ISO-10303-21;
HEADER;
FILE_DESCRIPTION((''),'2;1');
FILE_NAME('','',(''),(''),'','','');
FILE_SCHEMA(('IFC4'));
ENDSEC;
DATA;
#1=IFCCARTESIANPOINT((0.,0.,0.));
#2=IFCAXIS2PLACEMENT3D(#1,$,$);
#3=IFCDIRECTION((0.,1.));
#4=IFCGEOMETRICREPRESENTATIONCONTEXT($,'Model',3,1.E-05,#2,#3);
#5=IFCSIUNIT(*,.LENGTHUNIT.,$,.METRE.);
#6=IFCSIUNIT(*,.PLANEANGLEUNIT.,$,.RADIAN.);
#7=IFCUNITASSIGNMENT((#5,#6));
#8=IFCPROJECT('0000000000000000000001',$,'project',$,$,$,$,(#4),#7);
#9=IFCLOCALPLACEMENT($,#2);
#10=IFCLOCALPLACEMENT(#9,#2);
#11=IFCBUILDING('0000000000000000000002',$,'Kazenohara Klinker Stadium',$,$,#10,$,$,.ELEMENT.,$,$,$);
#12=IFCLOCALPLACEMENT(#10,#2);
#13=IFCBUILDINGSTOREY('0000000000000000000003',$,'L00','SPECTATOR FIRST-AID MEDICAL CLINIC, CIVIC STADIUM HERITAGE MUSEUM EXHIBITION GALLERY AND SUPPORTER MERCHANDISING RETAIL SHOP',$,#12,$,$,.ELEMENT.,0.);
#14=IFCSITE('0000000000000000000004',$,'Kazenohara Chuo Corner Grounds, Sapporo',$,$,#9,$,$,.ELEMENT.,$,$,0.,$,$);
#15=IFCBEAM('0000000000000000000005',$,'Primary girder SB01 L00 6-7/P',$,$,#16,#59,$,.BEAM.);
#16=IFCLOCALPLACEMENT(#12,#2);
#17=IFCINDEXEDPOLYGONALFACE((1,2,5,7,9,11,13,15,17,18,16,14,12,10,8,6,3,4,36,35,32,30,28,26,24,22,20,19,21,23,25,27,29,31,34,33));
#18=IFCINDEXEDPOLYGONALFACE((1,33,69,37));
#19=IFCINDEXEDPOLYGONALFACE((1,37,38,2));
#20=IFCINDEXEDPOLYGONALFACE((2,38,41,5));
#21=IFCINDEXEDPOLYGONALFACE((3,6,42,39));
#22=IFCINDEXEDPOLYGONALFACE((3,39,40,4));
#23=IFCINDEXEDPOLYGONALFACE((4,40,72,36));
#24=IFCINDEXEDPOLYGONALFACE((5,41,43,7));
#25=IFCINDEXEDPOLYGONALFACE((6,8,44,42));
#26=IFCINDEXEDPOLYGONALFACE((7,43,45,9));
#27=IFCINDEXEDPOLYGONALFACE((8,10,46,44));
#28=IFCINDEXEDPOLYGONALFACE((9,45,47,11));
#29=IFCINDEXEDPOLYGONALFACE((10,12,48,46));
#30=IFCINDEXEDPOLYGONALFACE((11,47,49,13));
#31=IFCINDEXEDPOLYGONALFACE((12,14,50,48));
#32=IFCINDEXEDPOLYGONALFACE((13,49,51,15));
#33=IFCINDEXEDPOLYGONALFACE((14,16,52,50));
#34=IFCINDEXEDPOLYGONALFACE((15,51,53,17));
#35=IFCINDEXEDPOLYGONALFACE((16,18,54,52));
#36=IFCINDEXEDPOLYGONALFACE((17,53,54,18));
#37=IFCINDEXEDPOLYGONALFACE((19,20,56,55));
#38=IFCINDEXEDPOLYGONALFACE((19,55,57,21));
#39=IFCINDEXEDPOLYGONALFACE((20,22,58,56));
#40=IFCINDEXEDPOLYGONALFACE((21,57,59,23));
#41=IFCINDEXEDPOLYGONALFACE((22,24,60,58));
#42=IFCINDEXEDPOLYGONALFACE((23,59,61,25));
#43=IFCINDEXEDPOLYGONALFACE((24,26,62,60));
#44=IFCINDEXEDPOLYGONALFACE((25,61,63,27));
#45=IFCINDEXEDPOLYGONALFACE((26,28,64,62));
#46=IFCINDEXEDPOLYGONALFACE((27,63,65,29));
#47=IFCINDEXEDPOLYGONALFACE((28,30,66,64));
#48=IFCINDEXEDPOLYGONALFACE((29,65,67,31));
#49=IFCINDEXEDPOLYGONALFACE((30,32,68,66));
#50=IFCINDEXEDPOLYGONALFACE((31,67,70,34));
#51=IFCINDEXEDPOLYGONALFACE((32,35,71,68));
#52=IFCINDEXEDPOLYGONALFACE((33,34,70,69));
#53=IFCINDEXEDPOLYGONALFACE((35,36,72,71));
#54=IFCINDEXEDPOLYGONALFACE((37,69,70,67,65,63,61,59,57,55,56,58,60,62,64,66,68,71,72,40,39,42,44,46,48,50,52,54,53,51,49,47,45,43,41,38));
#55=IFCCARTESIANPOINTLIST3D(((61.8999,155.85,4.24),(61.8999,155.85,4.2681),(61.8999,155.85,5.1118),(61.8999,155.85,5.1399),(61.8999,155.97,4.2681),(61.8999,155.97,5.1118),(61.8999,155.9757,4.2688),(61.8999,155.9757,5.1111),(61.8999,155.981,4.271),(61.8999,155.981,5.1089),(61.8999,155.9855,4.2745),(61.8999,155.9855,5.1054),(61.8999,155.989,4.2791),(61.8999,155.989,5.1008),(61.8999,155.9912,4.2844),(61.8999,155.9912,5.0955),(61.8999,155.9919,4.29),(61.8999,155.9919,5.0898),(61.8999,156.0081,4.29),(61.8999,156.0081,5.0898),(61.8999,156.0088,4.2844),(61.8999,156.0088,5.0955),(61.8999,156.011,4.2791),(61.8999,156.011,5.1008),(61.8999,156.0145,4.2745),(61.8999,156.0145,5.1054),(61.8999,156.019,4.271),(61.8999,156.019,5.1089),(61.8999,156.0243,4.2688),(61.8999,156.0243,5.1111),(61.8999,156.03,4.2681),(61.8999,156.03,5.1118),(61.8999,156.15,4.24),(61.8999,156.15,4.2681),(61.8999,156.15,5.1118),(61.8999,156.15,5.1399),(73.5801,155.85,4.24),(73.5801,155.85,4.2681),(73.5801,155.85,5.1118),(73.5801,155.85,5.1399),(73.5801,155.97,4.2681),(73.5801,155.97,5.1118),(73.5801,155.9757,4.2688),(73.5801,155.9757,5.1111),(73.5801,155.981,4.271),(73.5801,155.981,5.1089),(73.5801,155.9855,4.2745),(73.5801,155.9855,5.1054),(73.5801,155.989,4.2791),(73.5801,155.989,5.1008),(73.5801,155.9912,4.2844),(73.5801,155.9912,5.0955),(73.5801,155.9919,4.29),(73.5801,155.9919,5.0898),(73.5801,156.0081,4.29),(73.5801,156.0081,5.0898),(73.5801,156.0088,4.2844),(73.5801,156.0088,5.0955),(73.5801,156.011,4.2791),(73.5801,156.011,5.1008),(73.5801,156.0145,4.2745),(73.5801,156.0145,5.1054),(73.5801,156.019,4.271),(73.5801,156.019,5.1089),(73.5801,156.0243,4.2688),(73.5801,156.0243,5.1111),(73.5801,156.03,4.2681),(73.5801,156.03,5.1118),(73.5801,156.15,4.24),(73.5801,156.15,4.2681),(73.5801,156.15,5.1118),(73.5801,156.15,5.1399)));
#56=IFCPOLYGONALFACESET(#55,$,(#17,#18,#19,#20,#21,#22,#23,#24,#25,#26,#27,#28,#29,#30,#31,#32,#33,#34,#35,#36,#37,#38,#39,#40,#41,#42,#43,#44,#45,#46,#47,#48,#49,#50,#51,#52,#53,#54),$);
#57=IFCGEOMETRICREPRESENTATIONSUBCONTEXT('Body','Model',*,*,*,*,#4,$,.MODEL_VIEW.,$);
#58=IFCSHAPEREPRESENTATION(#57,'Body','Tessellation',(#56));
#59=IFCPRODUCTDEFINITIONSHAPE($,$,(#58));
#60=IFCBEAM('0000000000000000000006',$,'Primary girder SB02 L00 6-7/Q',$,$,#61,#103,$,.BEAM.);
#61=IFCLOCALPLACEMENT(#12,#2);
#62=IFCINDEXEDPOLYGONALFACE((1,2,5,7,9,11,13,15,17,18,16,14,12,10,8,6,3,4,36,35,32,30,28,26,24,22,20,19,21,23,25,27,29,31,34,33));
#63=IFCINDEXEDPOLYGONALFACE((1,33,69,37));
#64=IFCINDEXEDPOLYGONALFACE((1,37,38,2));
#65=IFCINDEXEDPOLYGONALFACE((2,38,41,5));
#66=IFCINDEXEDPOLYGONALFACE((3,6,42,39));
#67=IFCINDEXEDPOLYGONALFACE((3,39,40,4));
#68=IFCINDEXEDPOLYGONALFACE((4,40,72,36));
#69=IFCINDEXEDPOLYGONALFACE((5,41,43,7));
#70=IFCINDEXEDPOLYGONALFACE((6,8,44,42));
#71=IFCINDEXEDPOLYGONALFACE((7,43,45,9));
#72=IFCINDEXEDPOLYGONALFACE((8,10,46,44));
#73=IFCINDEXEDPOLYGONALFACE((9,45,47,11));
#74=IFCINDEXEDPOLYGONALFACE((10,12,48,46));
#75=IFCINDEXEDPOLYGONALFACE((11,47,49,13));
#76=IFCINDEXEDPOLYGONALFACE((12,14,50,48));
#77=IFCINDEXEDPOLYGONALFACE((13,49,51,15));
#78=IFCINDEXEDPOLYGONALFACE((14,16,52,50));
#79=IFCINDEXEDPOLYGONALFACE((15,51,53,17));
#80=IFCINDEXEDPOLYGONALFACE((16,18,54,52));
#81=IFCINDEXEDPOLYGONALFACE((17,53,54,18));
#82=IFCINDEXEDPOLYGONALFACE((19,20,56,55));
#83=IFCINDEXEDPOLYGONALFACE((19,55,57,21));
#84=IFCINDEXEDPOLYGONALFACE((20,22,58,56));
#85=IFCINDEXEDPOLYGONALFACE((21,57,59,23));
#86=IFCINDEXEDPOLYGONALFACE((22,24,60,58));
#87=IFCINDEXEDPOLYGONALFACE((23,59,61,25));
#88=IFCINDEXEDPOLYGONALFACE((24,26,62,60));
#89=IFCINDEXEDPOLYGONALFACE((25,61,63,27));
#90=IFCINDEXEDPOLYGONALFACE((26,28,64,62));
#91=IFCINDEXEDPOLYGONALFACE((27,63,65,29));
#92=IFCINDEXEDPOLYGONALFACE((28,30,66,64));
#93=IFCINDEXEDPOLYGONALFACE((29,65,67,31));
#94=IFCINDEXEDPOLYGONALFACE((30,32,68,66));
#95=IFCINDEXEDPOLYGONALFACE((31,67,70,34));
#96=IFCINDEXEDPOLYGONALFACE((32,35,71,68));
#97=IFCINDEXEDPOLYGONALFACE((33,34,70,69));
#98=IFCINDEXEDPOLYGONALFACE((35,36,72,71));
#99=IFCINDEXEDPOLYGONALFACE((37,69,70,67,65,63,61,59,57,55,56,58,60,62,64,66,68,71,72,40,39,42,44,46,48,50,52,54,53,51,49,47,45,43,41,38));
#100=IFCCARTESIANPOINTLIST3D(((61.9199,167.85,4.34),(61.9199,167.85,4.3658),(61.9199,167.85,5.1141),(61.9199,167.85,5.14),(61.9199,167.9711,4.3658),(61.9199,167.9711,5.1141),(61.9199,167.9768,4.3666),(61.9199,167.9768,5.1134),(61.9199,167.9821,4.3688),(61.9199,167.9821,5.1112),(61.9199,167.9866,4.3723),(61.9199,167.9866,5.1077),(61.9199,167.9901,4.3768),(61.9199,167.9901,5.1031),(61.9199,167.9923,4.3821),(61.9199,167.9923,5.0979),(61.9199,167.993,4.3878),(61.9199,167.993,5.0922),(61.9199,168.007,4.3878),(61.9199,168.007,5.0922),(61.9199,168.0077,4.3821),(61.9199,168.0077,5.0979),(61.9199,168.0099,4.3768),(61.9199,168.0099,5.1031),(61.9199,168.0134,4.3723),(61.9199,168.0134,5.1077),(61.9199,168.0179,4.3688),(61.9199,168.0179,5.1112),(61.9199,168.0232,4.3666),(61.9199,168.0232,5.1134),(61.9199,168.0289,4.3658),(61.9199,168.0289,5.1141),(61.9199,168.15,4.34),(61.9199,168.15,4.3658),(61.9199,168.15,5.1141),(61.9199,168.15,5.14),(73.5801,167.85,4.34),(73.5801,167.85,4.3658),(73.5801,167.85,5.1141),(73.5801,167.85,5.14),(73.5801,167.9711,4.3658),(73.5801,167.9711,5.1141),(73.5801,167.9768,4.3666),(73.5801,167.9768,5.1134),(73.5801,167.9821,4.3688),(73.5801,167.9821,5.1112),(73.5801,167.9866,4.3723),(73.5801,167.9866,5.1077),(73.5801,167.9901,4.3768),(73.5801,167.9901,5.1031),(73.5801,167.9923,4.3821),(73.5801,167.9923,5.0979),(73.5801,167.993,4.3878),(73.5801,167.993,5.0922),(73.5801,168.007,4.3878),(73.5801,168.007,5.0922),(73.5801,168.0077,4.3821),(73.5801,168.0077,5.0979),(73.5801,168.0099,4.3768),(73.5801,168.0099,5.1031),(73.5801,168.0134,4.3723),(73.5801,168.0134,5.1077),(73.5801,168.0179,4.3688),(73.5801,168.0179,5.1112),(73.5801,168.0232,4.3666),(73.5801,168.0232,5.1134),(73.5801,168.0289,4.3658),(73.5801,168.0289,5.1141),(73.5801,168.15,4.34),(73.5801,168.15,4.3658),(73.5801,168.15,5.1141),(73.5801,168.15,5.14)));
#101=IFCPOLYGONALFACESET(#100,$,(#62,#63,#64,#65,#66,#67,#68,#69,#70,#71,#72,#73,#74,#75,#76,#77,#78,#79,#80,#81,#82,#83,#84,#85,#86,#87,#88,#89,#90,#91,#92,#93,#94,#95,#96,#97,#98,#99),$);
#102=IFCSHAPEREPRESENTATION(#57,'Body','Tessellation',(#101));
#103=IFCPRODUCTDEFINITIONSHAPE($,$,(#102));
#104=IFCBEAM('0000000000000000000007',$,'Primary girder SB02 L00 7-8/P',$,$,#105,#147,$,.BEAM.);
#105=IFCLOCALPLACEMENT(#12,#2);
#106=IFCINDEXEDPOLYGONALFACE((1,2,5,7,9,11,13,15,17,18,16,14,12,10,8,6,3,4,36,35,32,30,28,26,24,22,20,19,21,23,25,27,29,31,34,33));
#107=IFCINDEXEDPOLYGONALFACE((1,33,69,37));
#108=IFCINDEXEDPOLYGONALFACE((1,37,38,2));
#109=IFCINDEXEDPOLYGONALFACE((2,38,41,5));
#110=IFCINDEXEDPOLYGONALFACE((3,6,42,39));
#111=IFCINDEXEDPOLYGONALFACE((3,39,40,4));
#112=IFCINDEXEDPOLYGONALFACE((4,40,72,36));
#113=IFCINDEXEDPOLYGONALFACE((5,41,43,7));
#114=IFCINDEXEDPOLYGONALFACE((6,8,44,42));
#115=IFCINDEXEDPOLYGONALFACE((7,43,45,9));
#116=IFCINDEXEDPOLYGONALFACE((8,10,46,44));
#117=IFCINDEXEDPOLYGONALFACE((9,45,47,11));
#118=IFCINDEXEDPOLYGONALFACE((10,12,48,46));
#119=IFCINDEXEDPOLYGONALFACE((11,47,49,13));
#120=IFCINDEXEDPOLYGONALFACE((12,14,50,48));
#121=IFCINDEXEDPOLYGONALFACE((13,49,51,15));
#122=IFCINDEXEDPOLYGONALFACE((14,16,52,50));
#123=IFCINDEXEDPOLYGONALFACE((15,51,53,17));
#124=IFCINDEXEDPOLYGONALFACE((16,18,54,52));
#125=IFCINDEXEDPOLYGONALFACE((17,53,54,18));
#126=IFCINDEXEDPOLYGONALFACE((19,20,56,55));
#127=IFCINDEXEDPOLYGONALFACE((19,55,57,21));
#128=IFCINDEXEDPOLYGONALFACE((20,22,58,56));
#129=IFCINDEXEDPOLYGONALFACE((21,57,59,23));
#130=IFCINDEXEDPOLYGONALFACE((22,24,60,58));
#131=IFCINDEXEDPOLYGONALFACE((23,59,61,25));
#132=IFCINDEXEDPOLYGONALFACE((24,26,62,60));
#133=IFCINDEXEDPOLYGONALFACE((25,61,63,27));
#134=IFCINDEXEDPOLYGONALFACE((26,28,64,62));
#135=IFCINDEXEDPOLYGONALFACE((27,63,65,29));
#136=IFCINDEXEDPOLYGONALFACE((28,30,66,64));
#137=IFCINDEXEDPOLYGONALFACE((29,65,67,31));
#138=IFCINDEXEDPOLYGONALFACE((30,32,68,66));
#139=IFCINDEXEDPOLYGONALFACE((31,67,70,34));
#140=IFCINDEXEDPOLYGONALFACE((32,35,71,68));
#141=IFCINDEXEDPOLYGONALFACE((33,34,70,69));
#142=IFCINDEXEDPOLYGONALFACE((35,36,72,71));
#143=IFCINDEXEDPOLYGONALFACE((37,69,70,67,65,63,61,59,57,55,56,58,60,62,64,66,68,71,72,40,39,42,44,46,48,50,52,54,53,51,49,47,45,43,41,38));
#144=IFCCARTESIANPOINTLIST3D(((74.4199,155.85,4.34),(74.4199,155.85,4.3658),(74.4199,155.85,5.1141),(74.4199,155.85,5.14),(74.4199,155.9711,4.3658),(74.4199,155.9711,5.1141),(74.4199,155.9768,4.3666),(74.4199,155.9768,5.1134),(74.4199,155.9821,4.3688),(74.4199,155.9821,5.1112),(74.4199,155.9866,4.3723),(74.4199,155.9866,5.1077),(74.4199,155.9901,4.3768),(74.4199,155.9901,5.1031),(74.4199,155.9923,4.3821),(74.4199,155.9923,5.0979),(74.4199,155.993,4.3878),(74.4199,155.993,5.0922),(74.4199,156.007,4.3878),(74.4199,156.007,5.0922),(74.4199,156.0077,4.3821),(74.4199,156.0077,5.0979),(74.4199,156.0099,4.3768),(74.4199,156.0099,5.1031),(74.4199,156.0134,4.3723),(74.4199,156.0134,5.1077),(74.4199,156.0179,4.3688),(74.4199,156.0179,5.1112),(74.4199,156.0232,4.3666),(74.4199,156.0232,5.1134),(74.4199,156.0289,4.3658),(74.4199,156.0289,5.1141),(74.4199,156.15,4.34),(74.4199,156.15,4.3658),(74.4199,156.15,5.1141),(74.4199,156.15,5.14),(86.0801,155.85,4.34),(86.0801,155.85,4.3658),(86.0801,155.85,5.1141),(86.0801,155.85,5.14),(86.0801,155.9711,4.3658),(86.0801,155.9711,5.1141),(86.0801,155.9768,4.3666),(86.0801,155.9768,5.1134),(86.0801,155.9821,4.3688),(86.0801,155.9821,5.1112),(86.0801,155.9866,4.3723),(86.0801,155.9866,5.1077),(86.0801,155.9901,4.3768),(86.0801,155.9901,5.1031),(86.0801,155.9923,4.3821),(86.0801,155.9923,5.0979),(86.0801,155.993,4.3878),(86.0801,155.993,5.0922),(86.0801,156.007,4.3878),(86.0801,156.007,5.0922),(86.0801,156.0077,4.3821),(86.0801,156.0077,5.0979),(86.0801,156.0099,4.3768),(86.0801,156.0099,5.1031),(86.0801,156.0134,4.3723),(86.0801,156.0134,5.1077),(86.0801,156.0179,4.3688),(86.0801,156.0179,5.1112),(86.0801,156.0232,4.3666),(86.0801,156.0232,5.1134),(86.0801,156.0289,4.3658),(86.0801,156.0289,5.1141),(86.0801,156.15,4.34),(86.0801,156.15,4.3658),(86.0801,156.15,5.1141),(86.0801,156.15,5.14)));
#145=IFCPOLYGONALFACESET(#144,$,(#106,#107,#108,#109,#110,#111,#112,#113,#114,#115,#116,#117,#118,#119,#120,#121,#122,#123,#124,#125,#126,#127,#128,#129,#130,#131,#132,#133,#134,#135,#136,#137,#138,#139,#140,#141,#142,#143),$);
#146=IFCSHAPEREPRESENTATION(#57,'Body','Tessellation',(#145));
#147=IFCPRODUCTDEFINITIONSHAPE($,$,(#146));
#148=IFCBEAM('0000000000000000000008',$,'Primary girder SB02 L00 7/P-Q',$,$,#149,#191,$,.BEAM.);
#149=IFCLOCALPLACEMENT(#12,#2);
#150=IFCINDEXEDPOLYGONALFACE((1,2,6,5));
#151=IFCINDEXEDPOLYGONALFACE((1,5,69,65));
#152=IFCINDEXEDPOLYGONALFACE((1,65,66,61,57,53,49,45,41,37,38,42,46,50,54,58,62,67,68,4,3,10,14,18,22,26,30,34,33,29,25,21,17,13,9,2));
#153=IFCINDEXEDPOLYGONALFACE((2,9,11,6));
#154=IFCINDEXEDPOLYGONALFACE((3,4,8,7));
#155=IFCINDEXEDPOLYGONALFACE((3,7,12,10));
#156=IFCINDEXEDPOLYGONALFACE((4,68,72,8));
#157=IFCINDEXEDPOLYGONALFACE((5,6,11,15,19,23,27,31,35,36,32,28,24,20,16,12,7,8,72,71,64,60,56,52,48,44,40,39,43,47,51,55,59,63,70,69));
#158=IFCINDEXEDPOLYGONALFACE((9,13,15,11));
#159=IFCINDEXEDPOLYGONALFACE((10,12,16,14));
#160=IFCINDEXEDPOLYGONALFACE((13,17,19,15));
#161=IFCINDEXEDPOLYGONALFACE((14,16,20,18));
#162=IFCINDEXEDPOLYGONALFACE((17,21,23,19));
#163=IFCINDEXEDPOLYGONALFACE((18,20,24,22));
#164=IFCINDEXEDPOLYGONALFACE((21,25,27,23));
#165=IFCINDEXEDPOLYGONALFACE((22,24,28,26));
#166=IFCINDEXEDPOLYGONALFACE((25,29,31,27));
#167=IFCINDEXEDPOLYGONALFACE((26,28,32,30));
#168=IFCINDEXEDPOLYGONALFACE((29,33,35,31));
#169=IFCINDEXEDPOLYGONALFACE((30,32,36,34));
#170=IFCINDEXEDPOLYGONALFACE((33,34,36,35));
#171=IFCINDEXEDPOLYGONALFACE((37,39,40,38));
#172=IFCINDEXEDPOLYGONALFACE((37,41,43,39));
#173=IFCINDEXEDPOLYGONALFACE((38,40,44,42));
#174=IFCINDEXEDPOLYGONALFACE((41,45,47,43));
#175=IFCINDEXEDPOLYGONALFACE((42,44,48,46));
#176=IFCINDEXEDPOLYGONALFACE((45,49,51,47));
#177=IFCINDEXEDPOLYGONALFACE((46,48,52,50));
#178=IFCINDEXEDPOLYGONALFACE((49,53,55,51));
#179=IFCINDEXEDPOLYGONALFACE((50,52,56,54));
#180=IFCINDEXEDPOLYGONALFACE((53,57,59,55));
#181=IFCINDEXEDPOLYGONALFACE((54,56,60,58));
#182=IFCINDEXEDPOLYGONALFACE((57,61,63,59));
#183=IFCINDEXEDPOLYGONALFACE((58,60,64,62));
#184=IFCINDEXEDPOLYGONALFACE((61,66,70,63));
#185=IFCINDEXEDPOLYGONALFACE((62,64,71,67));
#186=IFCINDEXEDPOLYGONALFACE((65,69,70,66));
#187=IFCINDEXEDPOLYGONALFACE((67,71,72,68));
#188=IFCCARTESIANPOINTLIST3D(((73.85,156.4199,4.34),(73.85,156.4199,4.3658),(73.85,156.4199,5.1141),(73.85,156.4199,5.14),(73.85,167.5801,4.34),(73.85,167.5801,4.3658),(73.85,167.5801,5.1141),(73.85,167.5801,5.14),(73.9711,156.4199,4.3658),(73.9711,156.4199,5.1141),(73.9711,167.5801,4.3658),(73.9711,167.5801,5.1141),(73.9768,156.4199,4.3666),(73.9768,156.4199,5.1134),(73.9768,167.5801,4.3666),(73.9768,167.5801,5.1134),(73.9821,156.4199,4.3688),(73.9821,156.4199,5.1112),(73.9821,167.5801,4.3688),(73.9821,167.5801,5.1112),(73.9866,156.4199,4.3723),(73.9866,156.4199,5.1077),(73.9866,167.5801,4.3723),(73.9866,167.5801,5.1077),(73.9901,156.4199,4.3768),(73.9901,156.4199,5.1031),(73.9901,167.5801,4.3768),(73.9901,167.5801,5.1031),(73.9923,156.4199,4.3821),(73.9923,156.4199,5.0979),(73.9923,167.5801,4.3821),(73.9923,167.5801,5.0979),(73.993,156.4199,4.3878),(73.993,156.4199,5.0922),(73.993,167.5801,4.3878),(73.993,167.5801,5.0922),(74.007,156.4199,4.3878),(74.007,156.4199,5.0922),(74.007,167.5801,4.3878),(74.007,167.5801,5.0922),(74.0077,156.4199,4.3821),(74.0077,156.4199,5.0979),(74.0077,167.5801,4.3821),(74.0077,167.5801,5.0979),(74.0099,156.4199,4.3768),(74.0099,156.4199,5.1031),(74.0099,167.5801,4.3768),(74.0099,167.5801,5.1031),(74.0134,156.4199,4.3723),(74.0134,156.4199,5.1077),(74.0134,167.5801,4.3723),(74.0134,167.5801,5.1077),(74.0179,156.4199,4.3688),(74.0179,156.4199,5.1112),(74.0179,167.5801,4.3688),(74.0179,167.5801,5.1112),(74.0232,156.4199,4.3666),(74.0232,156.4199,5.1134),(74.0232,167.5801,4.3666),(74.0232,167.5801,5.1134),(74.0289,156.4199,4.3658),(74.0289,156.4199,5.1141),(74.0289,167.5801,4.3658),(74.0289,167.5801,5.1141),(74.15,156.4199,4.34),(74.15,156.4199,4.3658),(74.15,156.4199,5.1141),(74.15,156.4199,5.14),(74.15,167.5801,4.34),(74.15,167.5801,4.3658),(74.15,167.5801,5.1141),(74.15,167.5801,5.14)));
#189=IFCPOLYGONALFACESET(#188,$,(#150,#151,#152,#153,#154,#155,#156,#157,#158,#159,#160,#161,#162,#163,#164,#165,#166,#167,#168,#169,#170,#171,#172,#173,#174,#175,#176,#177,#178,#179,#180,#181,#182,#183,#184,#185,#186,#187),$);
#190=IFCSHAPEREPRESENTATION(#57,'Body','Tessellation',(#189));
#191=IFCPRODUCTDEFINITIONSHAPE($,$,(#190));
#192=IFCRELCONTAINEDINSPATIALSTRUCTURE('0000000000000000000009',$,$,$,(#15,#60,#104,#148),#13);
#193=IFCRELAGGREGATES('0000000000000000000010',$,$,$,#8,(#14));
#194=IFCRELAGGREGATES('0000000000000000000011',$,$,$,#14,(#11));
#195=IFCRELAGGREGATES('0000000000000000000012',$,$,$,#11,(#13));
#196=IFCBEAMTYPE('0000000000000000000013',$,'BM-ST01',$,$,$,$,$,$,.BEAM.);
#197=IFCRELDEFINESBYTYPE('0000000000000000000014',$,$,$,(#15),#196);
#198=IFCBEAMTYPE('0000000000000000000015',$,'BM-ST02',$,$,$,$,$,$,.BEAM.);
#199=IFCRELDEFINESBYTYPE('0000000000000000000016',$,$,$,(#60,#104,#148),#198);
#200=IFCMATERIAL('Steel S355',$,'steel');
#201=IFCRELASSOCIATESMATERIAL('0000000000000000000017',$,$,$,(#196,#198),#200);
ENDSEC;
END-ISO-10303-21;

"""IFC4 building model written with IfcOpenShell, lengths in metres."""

from ifc_helpers import new_model, si_unit, direction, frame, origin, origin_2d, place, context, subcontext, project, spatial, i_section, extrude, material, material_profile, profile_set, type_object, element, save


model = new_model("IFC4")

# Units and contexts
model_context = context("Model", 3, precision=1e-05, world=origin(), true_north=direction((0.0, 1.0)))
body_context = subcontext(model_context, "Body", "Model", "MODEL_VIEW")
ifc_project = project(units=[si_unit("LENGTHUNIT", "METRE"), si_unit("PLANEANGLEUNIT", "RADIAN")], contexts=[model_context])

# Site, building, storey
site_placement = place(None, origin())
site = spatial("IfcSite", under=ifc_project, at=site_placement, Name="Kazenohara Chuo Corner Grounds, Sapporo", CompositionType="ELEMENT", RefElevation=0.0)
building_placement = place(site_placement, origin())
building = spatial("IfcBuilding", under=site, at=building_placement, Name="Kazenohara Klinker Stadium", CompositionType="ELEMENT")
storey_placement = place(building_placement, origin())
storey = spatial("IfcBuildingStorey", under=building, at=storey_placement, Name="L00", Description="SPECTATOR FIRST-AID MEDICAL CLINIC, CIVIC STADIUM HERITAGE MUSEUM EXHIBITION GALLERY AND SUPPORTER MERCHANDISING RETAIL SHOP", CompositionType="ELEMENT", Elevation=0.0)

# Beams
ifc_material_1 = material(Name="Steel S355", Category="steel")
ifc_material_profile_1 = material_profile(ifc_material_1, i_section(OverallWidth=0.3, OverallDepth=0.8999, WebThickness=0.0161, FlangeThickness=0.0281, FilletRadius=0.022, at=origin_2d()), Name="H-900x300x16x28")
ifc_profile_set_1 = profile_set([ifc_material_profile_1], Name="Steel S355")
beam_type_1 = type_object("IfcBeamType", Name="BM-ST01", PredefinedType="BEAM", material=ifc_profile_set_1)
beam_1_placement = place(storey_placement, frame((61.8999, 156.0, 4.6899), z_axis=(1.0, 0.0, 0.0), x_axis=(0.0, 1.0, 0.0)))
element("IfcBeam", 1, at=beam_1_placement, inside=storey, type_object=beam_type_1, Name="Primary girder SB01 L00 6-7/P", PredefinedType="BEAM", context=body_context, shape_type="SweptSolid", body=[
    extrude(i_section(OverallWidth=0.3, OverallDepth=0.8999, WebThickness=0.0161, FlangeThickness=0.0281, FilletRadius=0.022, at=origin_2d()), origin(), (0.0, 0.0, 1.0), 11.6802),
])
ifc_material_profile_2 = material_profile(ifc_material_1, i_section(OverallWidth=0.3, OverallDepth=0.8, WebThickness=0.0139, FlangeThickness=0.0259, FilletRadius=0.022, at=origin_2d()), Name="H-800x300x14x26")
ifc_profile_set_2 = profile_set([ifc_material_profile_2], Name="Steel S355")
beam_type_2 = type_object("IfcBeamType", Name="BM-ST02", PredefinedType="BEAM", material=ifc_profile_set_2)
for number, where, z_axis, x_axis, name in (
    (2, (61.9199, 168.0, 4.74), (1.0, 0.0, 0.0), (0.0, 1.0, 0.0), "Primary girder SB02 L00 6-7/Q"),
    (3, (74.4199, 156.0, 4.74), (1.0, 0.0, 0.0), (0.0, 1.0, 0.0), "Primary girder SB02 L00 7-8/P"),
):
    element("IfcBeam", number, at=place(storey_placement, frame(where, z_axis=z_axis, x_axis=x_axis)), inside=storey, type_object=beam_type_2, Name=name, PredefinedType="BEAM", context=body_context, shape_type="SweptSolid", body=[
        extrude(i_section(OverallWidth=0.3, OverallDepth=0.8, WebThickness=0.0139, FlangeThickness=0.0259, FilletRadius=0.022, at=origin_2d()), origin(), (0.0, 0.0, 1.0), 11.6602),
    ])
beam_2_placement = place(storey_placement, frame((74.0, 156.4199, 4.74), z_axis=(0.0, 1.0, 0.0), x_axis=(-1.0, 0.0, 0.0)))
element("IfcBeam", 4, at=beam_2_placement, inside=storey, type_object=beam_type_2, Name="Primary girder SB02 L00 7/P-Q", PredefinedType="BEAM", context=body_context, shape_type="SweptSolid", body=[
    extrude(i_section(OverallWidth=0.3, OverallDepth=0.8, WebThickness=0.0139, FlangeThickness=0.0259, FilletRadius=0.022, at=origin_2d()), origin(), (0.0, 0.0, 1.0), 11.1602),
])

save(model, "model.ifc")
